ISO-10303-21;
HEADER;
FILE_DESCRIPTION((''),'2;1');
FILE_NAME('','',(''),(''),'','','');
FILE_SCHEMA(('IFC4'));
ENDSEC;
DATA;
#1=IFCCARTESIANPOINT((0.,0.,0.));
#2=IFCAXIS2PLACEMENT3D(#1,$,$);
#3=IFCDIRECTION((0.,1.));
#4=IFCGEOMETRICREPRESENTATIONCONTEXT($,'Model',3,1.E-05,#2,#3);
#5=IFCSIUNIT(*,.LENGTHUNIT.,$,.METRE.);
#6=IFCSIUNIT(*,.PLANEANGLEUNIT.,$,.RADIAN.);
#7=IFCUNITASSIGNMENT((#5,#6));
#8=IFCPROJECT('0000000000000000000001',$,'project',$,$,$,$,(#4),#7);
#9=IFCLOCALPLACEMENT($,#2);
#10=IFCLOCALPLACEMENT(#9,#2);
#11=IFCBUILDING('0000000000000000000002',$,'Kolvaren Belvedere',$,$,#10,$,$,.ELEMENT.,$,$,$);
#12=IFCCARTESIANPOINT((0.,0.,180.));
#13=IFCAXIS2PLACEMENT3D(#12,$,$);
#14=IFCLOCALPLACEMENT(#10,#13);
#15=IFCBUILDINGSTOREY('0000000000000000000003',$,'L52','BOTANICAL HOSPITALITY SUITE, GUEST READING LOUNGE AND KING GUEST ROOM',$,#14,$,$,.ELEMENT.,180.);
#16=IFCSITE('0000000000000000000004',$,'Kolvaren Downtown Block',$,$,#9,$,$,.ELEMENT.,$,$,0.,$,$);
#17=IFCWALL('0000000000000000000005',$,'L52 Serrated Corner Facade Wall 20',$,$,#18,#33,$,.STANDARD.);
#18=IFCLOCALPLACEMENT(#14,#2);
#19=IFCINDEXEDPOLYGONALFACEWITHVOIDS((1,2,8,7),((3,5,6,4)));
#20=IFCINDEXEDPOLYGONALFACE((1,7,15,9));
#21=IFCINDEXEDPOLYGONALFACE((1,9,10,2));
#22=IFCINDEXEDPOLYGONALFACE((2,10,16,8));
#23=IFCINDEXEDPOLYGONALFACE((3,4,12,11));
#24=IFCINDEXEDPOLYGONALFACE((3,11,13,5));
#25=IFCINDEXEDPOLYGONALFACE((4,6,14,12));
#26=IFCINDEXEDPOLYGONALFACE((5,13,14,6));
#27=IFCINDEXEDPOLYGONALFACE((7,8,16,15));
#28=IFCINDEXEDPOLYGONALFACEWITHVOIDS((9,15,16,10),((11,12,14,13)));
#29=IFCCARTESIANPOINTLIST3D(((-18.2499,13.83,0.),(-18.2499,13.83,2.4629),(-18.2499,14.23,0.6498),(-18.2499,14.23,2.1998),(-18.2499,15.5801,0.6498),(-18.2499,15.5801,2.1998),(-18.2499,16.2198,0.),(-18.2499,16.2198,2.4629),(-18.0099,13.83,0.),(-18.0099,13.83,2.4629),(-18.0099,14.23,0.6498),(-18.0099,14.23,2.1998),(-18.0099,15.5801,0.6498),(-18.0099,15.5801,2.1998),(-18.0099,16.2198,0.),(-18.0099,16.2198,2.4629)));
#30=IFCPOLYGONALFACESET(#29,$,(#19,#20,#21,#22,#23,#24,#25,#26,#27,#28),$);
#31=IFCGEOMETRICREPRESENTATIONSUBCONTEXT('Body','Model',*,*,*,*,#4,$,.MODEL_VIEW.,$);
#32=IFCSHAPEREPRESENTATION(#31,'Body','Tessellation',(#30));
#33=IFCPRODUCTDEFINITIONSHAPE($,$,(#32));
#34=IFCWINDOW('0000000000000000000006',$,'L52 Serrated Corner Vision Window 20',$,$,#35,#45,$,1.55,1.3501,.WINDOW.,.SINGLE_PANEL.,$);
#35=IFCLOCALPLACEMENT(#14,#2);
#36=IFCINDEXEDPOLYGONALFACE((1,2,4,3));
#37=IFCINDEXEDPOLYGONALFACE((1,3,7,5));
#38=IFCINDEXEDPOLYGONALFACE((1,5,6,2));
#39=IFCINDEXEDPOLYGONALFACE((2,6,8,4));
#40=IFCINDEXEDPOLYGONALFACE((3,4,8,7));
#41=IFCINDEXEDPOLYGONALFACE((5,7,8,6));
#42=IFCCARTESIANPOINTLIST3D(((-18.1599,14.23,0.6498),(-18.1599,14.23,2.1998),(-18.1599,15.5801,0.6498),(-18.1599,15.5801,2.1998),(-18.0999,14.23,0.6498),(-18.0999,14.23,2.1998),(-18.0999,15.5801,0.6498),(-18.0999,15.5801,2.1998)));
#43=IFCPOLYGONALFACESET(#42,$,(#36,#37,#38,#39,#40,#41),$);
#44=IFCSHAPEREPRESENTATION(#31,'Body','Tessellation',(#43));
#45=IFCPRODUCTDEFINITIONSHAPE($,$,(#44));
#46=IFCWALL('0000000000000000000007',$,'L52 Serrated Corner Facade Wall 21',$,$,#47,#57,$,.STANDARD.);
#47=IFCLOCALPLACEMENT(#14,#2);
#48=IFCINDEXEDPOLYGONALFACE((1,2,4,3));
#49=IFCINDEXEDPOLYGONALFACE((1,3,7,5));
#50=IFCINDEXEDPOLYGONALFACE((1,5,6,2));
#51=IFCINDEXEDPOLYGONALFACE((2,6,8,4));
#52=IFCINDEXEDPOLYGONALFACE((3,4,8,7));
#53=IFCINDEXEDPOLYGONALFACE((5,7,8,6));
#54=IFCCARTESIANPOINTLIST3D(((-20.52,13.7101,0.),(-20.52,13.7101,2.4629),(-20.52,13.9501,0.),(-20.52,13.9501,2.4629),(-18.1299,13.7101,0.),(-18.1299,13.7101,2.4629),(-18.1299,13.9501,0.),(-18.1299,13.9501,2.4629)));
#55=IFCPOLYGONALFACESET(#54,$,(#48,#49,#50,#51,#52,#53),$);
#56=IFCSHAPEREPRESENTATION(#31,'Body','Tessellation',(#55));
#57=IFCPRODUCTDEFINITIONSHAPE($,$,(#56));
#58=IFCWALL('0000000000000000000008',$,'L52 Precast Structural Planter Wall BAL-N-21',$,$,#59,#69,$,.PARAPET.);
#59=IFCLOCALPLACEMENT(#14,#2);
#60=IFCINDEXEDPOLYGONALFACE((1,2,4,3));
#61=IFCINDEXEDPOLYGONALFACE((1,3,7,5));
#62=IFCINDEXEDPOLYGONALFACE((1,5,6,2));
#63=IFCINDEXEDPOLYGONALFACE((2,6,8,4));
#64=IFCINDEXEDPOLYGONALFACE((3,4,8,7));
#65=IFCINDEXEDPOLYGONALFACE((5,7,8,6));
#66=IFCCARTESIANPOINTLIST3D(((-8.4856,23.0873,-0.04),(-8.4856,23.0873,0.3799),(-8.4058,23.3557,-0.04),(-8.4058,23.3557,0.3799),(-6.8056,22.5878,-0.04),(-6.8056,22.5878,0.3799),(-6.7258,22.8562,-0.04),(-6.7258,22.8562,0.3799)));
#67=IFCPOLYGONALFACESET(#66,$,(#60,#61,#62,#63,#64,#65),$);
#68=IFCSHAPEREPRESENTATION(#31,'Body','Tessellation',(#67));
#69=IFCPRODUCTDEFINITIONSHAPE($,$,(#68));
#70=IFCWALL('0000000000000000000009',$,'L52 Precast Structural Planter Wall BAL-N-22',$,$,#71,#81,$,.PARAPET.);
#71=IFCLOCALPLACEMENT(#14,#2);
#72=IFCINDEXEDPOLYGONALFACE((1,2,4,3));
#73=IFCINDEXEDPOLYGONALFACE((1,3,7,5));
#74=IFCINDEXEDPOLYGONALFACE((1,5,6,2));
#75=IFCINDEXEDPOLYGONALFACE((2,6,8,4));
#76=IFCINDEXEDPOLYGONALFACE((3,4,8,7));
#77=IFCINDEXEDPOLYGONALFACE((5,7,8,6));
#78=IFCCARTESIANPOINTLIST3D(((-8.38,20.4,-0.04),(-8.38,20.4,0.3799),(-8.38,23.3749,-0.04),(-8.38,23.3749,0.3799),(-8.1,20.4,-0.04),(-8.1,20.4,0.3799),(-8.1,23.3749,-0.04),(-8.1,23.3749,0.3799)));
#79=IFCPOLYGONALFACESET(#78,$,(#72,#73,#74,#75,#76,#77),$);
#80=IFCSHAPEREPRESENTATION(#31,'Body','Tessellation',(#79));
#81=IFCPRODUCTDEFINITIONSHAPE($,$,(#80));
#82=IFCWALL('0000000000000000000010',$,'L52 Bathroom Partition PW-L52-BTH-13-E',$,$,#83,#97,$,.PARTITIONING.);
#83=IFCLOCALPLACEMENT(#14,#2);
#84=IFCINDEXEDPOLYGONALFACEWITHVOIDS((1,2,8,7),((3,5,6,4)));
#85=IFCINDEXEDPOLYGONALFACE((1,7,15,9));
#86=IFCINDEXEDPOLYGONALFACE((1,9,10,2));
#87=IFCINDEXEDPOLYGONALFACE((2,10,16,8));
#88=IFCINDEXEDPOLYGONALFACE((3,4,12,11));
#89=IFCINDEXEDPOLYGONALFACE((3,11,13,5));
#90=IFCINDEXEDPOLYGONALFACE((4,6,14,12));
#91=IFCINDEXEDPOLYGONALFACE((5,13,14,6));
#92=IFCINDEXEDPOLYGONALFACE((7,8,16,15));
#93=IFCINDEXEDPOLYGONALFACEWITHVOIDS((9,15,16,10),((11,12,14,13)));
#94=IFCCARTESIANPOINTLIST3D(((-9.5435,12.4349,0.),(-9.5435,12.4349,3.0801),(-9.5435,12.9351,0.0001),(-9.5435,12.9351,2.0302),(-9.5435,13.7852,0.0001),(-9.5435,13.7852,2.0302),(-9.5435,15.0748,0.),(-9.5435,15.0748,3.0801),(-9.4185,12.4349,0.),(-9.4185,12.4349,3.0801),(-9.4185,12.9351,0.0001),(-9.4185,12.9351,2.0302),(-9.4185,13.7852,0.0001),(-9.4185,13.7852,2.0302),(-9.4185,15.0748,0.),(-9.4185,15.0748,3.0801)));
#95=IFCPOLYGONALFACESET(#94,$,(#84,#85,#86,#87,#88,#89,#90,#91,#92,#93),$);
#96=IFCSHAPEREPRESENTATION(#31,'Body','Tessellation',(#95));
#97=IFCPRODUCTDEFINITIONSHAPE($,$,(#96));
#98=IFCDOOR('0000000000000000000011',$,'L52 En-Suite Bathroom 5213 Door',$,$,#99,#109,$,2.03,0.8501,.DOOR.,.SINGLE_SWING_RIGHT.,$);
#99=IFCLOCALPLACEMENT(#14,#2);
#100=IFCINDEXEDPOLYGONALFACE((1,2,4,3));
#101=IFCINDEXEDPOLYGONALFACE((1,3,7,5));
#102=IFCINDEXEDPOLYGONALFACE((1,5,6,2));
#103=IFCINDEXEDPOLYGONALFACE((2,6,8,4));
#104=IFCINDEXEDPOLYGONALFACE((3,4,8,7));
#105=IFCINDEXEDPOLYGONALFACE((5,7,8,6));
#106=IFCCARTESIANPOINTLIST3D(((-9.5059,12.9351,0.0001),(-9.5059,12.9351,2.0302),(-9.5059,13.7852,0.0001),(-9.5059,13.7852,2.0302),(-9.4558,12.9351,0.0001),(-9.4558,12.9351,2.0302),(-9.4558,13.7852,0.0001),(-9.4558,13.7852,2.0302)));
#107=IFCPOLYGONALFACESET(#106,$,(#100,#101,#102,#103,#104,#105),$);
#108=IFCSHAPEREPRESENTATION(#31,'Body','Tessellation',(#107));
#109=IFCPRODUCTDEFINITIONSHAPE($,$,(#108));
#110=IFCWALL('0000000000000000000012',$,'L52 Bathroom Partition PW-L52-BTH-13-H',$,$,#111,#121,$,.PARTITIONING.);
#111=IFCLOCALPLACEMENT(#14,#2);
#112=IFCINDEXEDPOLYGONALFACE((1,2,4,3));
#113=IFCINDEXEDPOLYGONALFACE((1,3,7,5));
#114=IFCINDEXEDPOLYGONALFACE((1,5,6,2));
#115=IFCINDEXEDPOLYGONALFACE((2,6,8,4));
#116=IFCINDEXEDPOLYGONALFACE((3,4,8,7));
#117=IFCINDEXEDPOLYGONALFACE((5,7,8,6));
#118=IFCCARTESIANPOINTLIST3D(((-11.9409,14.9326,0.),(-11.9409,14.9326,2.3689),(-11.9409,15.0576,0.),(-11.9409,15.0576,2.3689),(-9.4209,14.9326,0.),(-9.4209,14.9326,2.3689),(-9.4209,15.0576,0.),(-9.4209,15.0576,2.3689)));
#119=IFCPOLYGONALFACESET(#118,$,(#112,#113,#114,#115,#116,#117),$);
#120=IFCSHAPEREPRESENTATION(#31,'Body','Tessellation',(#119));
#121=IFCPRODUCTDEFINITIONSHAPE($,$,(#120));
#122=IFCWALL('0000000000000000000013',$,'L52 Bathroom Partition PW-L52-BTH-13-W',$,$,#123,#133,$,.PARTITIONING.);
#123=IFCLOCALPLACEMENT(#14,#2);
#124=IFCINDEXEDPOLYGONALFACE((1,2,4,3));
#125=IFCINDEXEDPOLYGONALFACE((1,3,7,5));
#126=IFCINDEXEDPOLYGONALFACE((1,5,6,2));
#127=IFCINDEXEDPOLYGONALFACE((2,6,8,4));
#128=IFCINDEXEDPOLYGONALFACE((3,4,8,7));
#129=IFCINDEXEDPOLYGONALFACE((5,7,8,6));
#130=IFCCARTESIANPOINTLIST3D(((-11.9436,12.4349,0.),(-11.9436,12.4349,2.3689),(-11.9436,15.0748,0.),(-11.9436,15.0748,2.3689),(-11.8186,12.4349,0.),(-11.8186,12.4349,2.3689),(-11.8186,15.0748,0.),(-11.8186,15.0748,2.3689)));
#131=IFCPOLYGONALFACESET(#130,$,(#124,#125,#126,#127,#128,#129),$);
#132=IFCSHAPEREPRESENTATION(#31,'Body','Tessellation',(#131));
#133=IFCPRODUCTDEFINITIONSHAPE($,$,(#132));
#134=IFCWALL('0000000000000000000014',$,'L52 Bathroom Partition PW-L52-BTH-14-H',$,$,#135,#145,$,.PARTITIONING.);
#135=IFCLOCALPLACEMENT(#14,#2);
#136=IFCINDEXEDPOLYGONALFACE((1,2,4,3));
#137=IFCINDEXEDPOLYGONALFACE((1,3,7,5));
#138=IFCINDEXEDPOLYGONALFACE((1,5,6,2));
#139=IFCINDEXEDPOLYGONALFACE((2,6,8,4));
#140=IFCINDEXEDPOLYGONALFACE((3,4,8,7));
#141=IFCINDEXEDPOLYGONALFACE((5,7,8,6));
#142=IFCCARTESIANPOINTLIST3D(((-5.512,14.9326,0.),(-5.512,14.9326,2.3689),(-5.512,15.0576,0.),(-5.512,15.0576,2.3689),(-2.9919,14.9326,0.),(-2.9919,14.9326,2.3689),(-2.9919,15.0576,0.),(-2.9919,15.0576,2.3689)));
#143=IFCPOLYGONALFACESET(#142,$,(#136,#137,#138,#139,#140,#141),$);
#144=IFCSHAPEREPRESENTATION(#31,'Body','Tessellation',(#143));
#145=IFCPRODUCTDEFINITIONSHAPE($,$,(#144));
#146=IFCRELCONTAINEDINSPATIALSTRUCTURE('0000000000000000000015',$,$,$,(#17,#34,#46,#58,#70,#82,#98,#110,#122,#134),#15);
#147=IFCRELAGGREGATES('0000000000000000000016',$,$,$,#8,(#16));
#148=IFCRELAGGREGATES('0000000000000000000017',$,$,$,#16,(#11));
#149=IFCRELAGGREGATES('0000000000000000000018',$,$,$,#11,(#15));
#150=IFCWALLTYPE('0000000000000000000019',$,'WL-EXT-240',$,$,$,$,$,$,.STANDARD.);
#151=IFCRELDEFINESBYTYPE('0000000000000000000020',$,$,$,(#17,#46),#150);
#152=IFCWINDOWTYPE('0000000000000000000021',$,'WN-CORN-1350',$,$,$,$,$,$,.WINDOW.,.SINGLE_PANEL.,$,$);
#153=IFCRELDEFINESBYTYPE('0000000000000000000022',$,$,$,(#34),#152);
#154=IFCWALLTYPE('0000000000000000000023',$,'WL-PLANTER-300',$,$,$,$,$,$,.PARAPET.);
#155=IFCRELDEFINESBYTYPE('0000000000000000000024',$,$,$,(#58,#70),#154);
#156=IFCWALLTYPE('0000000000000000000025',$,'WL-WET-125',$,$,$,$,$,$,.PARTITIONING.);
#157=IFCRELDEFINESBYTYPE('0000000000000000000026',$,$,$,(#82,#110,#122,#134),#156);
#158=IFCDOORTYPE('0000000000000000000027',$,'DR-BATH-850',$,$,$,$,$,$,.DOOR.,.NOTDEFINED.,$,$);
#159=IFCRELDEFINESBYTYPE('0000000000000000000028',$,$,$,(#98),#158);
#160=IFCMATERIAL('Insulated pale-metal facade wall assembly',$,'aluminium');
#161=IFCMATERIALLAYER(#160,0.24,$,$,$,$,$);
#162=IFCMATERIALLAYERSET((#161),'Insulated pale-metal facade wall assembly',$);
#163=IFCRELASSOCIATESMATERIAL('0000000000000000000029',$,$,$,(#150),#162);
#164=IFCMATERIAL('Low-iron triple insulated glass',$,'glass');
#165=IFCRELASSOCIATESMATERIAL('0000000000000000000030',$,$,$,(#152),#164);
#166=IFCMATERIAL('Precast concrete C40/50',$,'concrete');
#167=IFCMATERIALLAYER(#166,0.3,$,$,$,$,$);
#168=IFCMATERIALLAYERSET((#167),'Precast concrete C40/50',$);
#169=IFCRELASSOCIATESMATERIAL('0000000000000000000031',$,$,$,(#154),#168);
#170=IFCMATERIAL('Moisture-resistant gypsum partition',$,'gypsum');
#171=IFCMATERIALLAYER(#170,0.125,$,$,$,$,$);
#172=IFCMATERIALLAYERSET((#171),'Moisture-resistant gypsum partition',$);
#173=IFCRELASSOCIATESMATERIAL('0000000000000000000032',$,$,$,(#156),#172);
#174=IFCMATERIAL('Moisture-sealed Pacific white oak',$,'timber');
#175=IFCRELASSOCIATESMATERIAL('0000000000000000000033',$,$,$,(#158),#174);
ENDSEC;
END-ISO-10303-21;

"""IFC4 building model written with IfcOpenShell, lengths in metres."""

from ifc_helpers import new_model, si_unit, direction, frame, frame_2d, origin, place, context, subcontext, project, spatial, rectangle, extrude, material, layer, layer_set, type_object, element, fill, save


model = new_model("IFC4")

# Units and contexts
model_context = context("Model", 3, precision=1e-05, world=origin(), true_north=direction((0.0, 1.0)))
body_context = subcontext(model_context, "Body", "Model", "MODEL_VIEW")
ifc_project = project(units=[si_unit("LENGTHUNIT", "METRE"), si_unit("PLANEANGLEUNIT", "RADIAN")], contexts=[model_context])

# Site, building, storey
site_placement = place(None, origin())
site = spatial("IfcSite", under=ifc_project, at=site_placement, Name="Kolvaren Downtown Block", CompositionType="ELEMENT", RefElevation=0.0)
building_placement = place(site_placement, origin())
building = spatial("IfcBuilding", under=site, at=building_placement, Name="Kolvaren Belvedere", CompositionType="ELEMENT")
storey_placement = place(building_placement, frame((0.0, 0.0, 180.0)))
storey = spatial("IfcBuildingStorey", under=building, at=storey_placement, Name="L52", Description="BOTANICAL HOSPITALITY SUITE, GUEST READING LOUNGE AND KING GUEST ROOM", CompositionType="ELEMENT", Elevation=180.0)

# Shared definitions
ifc_material_1 = material(Name="Insulated pale-metal facade wall assembly", Category="aluminium")
ifc_layer_1 = layer(ifc_material_1, 0.24)
ifc_layer_set_1 = layer_set([ifc_layer_1], Name="Insulated pale-metal facade wall assembly")
wall_type_1 = type_object("IfcWallType", Name="WL-EXT-240", PredefinedType="STANDARD", material=ifc_layer_set_1)

# Wall, opening, window
ifc_material_2 = material(Name="Low-iron triple insulated glass", Category="glass")
window_type_1 = type_object("IfcWindowType", Name="WN-CORN-1350", PartitioningType="SINGLE_PANEL", PredefinedType="WINDOW", material=ifc_material_2)
wall_1_placement = place(storey_placement, frame((-18.1299, 13.8301, 0.0), z_axis=(0.0, 0.0, 1.0), x_axis=(0.0, 1.0, 0.0)))
wall_1 = element("IfcWall", 1, at=wall_1_placement, inside=storey, type_object=wall_type_1, Name="L52 Serrated Corner Facade Wall 20", PredefinedType="STANDARD", context=body_context, shape_type="SweptSolid", body=[
    extrude(rectangle(XDim=2.3899, YDim=0.24, at=frame_2d((1.1948, 0.0))), origin(), (0.0, 0.0, 1.0), 2.4629),
])
opening_1_placement = place(wall_1_placement, frame((0.3999, 0.0, 0.6499)))
opening_1 = element("IfcOpeningElement", 2, at=opening_1_placement, cuts=wall_1, PredefinedType="OPENING", context=body_context, shape_type="SweptSolid", body=[
    extrude(rectangle(XDim=1.3501, YDim=1.55, at=frame_2d((0.675, 0.7749))), frame((0.0, 0.1299, 0.0), z_axis=(0.0, -1.0, 0.0), x_axis=(1.0, 0.0, 0.0)), (0.0, 0.0, 1.0), 0.26),
])
window_1_placement = place(opening_1_placement, origin())
window_1 = element("IfcWindow", 3, at=window_1_placement, inside=storey, type_object=window_type_1, Name="L52 Serrated Corner Vision Window 20", OverallHeight=1.55, OverallWidth=1.3501, PartitioningType="SINGLE_PANEL", PredefinedType="WINDOW", context=body_context, shape_type="SweptSolid", body=[
    extrude(rectangle(XDim=1.3501, YDim=1.55, at=frame_2d((0.675, 0.7749))), frame((0.0, 0.03, 0.0), z_axis=(0.0, -1.0, 0.0), x_axis=(1.0, 0.0, 0.0)), (0.0, 0.0, 1.0), 0.0601),
])
fill(opening_1, window_1)

# Walls
wall_2_placement = place(storey_placement, frame((-20.52, 13.8301, 0.0), z_axis=(0.0, 0.0, 1.0), x_axis=(1.0, 0.0, 0.0)))
element("IfcWall", 4, at=wall_2_placement, inside=storey, type_object=wall_type_1, Name="L52 Serrated Corner Facade Wall 21", PredefinedType="STANDARD", context=body_context, shape_type="SweptSolid", body=[
    extrude(rectangle(XDim=2.3901, YDim=0.24, at=frame_2d((1.1951, 0.0))), origin(), (0.0, 0.0, 1.0), 2.4629),
])
ifc_material_3 = material(Name="Precast concrete C40/50", Category="concrete")
ifc_layer_2 = layer(ifc_material_3, 0.3)
ifc_layer_set_2 = layer_set([ifc_layer_2], Name="Precast concrete C40/50")
wall_type_2 = type_object("IfcWallType", Name="WL-PLANTER-300", PredefinedType="PARAPET", material=ifc_layer_set_2)
wall_3_placement = place(storey_placement, frame((-6.7656, 22.7219, -0.04), z_axis=(0.0, 0.0, 1.0), x_axis=(-0.958525, 0.285008, 0.0)))
element("IfcWall", 5, at=wall_3_placement, inside=storey, type_object=wall_type_2, Name="L52 Precast Structural Planter Wall BAL-N-21", PredefinedType="PARAPET", context=body_context, shape_type="SweptSolid", body=[
    extrude(rectangle(XDim=1.7527, YDim=0.28, at=frame_2d((0.8765, 0.0))), origin(), (0.0, 0.0, 1.0), 0.4199),
])
wall_4_placement = place(storey_placement, frame((-8.24, 23.3748, -0.04), z_axis=(0.0, 0.0, 1.0), x_axis=(0.0, -1.0, 0.0)))
element("IfcWall", 6, at=wall_4_placement, inside=storey, type_object=wall_type_2, Name="L52 Precast Structural Planter Wall BAL-N-22", PredefinedType="PARAPET", context=body_context, shape_type="SweptSolid", body=[
    extrude(rectangle(XDim=2.9749, YDim=0.28, at=frame_2d((1.4873, 0.0))), origin(), (0.0, 0.0, 1.0), 0.4199),
])

# Wall, opening, door
ifc_material_4 = material(Name="Moisture-resistant gypsum partition", Category="gypsum")
ifc_layer_3 = layer(ifc_material_4, 0.125)
ifc_layer_set_3 = layer_set([ifc_layer_3], Name="Moisture-resistant gypsum partition")
wall_type_3 = type_object("IfcWallType", Name="WL-WET-125", PredefinedType="PARTITIONING", material=ifc_layer_set_3)
wall_5_placement = place(storey_placement, frame((-9.481, 12.4351, 0.0), z_axis=(0.0, 0.0, 1.0), x_axis=(0.0, 1.0, 0.0)))
wall_5 = element("IfcWall", 7, at=wall_5_placement, inside=storey, type_object=wall_type_3, Name="L52 Bathroom Partition PW-L52-BTH-13-E", PredefinedType="PARTITIONING", context=body_context, shape_type="SweptSolid", body=[
    extrude(rectangle(XDim=2.6399, YDim=0.125, at=frame_2d((1.3198, 0.0))), origin(), (0.0, 0.0, 1.0), 3.0801),
])
opening_2_placement = place(wall_5_placement, frame((0.5, 0.0, 0.0)))
opening_2 = element("IfcOpeningElement", 8, at=opening_2_placement, cuts=wall_5, PredefinedType="OPENING", context=body_context, shape_type="SweptSolid", body=[
    extrude(rectangle(XDim=0.8501, YDim=2.03, at=frame_2d((0.425, 1.0151))), frame((0.0, 0.0725, 0.0), z_axis=(0.0, -1.0, 0.0), x_axis=(1.0, 0.0, 0.0)), (0.0, 0.0, 1.0), 0.145),
])
ifc_material_5 = material(Name="Moisture-sealed Pacific white oak", Category="timber")
door_type = type_object("IfcDoorType", Name="DR-BATH-850", OperationType="NOTDEFINED", PredefinedType="DOOR", material=ifc_material_5)
door_placement = place(opening_2_placement, origin())
door = element("IfcDoor", 9, at=door_placement, inside=storey, type_object=door_type, Name="L52 En-Suite Bathroom 5213 Door", OperationType="SINGLE_SWING_RIGHT", OverallHeight=2.03, OverallWidth=0.8501, PredefinedType="DOOR", context=body_context, shape_type="SweptSolid", body=[
    extrude(rectangle(XDim=0.8501, YDim=2.03, at=frame_2d((0.425, 1.0151))), frame((0.0, 0.0249, 0.0), z_axis=(0.0, -1.0, 0.0), x_axis=(1.0, 0.0, 0.0)), (0.0, 0.0, 1.0), 0.05),
])
fill(opening_2, door)

# Walls
wall_6_placement = place(storey_placement, frame((-11.9409, 14.9951, 0.0), z_axis=(0.0, 0.0, 1.0), x_axis=(1.0, 0.0, 0.0)))
element("IfcWall", 10, at=wall_6_placement, inside=storey, type_object=wall_type_3, Name="L52 Bathroom Partition PW-L52-BTH-13-H", PredefinedType="PARTITIONING", context=body_context, shape_type="SweptSolid", body=[
    extrude(rectangle(XDim=2.52, YDim=0.125, at=frame_2d((1.26, 0.0))), origin(), (0.0, 0.0, 1.0), 2.3689),
])
wall_7_placement = place(storey_placement, frame((-11.8811, 12.4351, 0.0), z_axis=(0.0, 0.0, 1.0), x_axis=(0.0, 1.0, 0.0)))
element("IfcWall", 11, at=wall_7_placement, inside=storey, type_object=wall_type_3, Name="L52 Bathroom Partition PW-L52-BTH-13-W", PredefinedType="PARTITIONING", context=body_context, shape_type="SweptSolid", body=[
    extrude(rectangle(XDim=2.6399, YDim=0.125, at=frame_2d((1.3198, 0.0))), origin(), (0.0, 0.0, 1.0), 2.3689),
])
wall_8_placement = place(storey_placement, frame((-5.512, 14.9951, 0.0), z_axis=(0.0, 0.0, 1.0), x_axis=(1.0, 0.0, 0.0)))
element("IfcWall", 12, at=wall_8_placement, inside=storey, type_object=wall_type_3, Name="L52 Bathroom Partition PW-L52-BTH-14-H", PredefinedType="PARTITIONING", context=body_context, shape_type="SweptSolid", body=[
    extrude(rectangle(XDim=2.52, YDim=0.125, at=frame_2d((1.26, 0.0))), origin(), (0.0, 0.0, 1.0), 2.3689),
])

save(model, "model.ifc")
